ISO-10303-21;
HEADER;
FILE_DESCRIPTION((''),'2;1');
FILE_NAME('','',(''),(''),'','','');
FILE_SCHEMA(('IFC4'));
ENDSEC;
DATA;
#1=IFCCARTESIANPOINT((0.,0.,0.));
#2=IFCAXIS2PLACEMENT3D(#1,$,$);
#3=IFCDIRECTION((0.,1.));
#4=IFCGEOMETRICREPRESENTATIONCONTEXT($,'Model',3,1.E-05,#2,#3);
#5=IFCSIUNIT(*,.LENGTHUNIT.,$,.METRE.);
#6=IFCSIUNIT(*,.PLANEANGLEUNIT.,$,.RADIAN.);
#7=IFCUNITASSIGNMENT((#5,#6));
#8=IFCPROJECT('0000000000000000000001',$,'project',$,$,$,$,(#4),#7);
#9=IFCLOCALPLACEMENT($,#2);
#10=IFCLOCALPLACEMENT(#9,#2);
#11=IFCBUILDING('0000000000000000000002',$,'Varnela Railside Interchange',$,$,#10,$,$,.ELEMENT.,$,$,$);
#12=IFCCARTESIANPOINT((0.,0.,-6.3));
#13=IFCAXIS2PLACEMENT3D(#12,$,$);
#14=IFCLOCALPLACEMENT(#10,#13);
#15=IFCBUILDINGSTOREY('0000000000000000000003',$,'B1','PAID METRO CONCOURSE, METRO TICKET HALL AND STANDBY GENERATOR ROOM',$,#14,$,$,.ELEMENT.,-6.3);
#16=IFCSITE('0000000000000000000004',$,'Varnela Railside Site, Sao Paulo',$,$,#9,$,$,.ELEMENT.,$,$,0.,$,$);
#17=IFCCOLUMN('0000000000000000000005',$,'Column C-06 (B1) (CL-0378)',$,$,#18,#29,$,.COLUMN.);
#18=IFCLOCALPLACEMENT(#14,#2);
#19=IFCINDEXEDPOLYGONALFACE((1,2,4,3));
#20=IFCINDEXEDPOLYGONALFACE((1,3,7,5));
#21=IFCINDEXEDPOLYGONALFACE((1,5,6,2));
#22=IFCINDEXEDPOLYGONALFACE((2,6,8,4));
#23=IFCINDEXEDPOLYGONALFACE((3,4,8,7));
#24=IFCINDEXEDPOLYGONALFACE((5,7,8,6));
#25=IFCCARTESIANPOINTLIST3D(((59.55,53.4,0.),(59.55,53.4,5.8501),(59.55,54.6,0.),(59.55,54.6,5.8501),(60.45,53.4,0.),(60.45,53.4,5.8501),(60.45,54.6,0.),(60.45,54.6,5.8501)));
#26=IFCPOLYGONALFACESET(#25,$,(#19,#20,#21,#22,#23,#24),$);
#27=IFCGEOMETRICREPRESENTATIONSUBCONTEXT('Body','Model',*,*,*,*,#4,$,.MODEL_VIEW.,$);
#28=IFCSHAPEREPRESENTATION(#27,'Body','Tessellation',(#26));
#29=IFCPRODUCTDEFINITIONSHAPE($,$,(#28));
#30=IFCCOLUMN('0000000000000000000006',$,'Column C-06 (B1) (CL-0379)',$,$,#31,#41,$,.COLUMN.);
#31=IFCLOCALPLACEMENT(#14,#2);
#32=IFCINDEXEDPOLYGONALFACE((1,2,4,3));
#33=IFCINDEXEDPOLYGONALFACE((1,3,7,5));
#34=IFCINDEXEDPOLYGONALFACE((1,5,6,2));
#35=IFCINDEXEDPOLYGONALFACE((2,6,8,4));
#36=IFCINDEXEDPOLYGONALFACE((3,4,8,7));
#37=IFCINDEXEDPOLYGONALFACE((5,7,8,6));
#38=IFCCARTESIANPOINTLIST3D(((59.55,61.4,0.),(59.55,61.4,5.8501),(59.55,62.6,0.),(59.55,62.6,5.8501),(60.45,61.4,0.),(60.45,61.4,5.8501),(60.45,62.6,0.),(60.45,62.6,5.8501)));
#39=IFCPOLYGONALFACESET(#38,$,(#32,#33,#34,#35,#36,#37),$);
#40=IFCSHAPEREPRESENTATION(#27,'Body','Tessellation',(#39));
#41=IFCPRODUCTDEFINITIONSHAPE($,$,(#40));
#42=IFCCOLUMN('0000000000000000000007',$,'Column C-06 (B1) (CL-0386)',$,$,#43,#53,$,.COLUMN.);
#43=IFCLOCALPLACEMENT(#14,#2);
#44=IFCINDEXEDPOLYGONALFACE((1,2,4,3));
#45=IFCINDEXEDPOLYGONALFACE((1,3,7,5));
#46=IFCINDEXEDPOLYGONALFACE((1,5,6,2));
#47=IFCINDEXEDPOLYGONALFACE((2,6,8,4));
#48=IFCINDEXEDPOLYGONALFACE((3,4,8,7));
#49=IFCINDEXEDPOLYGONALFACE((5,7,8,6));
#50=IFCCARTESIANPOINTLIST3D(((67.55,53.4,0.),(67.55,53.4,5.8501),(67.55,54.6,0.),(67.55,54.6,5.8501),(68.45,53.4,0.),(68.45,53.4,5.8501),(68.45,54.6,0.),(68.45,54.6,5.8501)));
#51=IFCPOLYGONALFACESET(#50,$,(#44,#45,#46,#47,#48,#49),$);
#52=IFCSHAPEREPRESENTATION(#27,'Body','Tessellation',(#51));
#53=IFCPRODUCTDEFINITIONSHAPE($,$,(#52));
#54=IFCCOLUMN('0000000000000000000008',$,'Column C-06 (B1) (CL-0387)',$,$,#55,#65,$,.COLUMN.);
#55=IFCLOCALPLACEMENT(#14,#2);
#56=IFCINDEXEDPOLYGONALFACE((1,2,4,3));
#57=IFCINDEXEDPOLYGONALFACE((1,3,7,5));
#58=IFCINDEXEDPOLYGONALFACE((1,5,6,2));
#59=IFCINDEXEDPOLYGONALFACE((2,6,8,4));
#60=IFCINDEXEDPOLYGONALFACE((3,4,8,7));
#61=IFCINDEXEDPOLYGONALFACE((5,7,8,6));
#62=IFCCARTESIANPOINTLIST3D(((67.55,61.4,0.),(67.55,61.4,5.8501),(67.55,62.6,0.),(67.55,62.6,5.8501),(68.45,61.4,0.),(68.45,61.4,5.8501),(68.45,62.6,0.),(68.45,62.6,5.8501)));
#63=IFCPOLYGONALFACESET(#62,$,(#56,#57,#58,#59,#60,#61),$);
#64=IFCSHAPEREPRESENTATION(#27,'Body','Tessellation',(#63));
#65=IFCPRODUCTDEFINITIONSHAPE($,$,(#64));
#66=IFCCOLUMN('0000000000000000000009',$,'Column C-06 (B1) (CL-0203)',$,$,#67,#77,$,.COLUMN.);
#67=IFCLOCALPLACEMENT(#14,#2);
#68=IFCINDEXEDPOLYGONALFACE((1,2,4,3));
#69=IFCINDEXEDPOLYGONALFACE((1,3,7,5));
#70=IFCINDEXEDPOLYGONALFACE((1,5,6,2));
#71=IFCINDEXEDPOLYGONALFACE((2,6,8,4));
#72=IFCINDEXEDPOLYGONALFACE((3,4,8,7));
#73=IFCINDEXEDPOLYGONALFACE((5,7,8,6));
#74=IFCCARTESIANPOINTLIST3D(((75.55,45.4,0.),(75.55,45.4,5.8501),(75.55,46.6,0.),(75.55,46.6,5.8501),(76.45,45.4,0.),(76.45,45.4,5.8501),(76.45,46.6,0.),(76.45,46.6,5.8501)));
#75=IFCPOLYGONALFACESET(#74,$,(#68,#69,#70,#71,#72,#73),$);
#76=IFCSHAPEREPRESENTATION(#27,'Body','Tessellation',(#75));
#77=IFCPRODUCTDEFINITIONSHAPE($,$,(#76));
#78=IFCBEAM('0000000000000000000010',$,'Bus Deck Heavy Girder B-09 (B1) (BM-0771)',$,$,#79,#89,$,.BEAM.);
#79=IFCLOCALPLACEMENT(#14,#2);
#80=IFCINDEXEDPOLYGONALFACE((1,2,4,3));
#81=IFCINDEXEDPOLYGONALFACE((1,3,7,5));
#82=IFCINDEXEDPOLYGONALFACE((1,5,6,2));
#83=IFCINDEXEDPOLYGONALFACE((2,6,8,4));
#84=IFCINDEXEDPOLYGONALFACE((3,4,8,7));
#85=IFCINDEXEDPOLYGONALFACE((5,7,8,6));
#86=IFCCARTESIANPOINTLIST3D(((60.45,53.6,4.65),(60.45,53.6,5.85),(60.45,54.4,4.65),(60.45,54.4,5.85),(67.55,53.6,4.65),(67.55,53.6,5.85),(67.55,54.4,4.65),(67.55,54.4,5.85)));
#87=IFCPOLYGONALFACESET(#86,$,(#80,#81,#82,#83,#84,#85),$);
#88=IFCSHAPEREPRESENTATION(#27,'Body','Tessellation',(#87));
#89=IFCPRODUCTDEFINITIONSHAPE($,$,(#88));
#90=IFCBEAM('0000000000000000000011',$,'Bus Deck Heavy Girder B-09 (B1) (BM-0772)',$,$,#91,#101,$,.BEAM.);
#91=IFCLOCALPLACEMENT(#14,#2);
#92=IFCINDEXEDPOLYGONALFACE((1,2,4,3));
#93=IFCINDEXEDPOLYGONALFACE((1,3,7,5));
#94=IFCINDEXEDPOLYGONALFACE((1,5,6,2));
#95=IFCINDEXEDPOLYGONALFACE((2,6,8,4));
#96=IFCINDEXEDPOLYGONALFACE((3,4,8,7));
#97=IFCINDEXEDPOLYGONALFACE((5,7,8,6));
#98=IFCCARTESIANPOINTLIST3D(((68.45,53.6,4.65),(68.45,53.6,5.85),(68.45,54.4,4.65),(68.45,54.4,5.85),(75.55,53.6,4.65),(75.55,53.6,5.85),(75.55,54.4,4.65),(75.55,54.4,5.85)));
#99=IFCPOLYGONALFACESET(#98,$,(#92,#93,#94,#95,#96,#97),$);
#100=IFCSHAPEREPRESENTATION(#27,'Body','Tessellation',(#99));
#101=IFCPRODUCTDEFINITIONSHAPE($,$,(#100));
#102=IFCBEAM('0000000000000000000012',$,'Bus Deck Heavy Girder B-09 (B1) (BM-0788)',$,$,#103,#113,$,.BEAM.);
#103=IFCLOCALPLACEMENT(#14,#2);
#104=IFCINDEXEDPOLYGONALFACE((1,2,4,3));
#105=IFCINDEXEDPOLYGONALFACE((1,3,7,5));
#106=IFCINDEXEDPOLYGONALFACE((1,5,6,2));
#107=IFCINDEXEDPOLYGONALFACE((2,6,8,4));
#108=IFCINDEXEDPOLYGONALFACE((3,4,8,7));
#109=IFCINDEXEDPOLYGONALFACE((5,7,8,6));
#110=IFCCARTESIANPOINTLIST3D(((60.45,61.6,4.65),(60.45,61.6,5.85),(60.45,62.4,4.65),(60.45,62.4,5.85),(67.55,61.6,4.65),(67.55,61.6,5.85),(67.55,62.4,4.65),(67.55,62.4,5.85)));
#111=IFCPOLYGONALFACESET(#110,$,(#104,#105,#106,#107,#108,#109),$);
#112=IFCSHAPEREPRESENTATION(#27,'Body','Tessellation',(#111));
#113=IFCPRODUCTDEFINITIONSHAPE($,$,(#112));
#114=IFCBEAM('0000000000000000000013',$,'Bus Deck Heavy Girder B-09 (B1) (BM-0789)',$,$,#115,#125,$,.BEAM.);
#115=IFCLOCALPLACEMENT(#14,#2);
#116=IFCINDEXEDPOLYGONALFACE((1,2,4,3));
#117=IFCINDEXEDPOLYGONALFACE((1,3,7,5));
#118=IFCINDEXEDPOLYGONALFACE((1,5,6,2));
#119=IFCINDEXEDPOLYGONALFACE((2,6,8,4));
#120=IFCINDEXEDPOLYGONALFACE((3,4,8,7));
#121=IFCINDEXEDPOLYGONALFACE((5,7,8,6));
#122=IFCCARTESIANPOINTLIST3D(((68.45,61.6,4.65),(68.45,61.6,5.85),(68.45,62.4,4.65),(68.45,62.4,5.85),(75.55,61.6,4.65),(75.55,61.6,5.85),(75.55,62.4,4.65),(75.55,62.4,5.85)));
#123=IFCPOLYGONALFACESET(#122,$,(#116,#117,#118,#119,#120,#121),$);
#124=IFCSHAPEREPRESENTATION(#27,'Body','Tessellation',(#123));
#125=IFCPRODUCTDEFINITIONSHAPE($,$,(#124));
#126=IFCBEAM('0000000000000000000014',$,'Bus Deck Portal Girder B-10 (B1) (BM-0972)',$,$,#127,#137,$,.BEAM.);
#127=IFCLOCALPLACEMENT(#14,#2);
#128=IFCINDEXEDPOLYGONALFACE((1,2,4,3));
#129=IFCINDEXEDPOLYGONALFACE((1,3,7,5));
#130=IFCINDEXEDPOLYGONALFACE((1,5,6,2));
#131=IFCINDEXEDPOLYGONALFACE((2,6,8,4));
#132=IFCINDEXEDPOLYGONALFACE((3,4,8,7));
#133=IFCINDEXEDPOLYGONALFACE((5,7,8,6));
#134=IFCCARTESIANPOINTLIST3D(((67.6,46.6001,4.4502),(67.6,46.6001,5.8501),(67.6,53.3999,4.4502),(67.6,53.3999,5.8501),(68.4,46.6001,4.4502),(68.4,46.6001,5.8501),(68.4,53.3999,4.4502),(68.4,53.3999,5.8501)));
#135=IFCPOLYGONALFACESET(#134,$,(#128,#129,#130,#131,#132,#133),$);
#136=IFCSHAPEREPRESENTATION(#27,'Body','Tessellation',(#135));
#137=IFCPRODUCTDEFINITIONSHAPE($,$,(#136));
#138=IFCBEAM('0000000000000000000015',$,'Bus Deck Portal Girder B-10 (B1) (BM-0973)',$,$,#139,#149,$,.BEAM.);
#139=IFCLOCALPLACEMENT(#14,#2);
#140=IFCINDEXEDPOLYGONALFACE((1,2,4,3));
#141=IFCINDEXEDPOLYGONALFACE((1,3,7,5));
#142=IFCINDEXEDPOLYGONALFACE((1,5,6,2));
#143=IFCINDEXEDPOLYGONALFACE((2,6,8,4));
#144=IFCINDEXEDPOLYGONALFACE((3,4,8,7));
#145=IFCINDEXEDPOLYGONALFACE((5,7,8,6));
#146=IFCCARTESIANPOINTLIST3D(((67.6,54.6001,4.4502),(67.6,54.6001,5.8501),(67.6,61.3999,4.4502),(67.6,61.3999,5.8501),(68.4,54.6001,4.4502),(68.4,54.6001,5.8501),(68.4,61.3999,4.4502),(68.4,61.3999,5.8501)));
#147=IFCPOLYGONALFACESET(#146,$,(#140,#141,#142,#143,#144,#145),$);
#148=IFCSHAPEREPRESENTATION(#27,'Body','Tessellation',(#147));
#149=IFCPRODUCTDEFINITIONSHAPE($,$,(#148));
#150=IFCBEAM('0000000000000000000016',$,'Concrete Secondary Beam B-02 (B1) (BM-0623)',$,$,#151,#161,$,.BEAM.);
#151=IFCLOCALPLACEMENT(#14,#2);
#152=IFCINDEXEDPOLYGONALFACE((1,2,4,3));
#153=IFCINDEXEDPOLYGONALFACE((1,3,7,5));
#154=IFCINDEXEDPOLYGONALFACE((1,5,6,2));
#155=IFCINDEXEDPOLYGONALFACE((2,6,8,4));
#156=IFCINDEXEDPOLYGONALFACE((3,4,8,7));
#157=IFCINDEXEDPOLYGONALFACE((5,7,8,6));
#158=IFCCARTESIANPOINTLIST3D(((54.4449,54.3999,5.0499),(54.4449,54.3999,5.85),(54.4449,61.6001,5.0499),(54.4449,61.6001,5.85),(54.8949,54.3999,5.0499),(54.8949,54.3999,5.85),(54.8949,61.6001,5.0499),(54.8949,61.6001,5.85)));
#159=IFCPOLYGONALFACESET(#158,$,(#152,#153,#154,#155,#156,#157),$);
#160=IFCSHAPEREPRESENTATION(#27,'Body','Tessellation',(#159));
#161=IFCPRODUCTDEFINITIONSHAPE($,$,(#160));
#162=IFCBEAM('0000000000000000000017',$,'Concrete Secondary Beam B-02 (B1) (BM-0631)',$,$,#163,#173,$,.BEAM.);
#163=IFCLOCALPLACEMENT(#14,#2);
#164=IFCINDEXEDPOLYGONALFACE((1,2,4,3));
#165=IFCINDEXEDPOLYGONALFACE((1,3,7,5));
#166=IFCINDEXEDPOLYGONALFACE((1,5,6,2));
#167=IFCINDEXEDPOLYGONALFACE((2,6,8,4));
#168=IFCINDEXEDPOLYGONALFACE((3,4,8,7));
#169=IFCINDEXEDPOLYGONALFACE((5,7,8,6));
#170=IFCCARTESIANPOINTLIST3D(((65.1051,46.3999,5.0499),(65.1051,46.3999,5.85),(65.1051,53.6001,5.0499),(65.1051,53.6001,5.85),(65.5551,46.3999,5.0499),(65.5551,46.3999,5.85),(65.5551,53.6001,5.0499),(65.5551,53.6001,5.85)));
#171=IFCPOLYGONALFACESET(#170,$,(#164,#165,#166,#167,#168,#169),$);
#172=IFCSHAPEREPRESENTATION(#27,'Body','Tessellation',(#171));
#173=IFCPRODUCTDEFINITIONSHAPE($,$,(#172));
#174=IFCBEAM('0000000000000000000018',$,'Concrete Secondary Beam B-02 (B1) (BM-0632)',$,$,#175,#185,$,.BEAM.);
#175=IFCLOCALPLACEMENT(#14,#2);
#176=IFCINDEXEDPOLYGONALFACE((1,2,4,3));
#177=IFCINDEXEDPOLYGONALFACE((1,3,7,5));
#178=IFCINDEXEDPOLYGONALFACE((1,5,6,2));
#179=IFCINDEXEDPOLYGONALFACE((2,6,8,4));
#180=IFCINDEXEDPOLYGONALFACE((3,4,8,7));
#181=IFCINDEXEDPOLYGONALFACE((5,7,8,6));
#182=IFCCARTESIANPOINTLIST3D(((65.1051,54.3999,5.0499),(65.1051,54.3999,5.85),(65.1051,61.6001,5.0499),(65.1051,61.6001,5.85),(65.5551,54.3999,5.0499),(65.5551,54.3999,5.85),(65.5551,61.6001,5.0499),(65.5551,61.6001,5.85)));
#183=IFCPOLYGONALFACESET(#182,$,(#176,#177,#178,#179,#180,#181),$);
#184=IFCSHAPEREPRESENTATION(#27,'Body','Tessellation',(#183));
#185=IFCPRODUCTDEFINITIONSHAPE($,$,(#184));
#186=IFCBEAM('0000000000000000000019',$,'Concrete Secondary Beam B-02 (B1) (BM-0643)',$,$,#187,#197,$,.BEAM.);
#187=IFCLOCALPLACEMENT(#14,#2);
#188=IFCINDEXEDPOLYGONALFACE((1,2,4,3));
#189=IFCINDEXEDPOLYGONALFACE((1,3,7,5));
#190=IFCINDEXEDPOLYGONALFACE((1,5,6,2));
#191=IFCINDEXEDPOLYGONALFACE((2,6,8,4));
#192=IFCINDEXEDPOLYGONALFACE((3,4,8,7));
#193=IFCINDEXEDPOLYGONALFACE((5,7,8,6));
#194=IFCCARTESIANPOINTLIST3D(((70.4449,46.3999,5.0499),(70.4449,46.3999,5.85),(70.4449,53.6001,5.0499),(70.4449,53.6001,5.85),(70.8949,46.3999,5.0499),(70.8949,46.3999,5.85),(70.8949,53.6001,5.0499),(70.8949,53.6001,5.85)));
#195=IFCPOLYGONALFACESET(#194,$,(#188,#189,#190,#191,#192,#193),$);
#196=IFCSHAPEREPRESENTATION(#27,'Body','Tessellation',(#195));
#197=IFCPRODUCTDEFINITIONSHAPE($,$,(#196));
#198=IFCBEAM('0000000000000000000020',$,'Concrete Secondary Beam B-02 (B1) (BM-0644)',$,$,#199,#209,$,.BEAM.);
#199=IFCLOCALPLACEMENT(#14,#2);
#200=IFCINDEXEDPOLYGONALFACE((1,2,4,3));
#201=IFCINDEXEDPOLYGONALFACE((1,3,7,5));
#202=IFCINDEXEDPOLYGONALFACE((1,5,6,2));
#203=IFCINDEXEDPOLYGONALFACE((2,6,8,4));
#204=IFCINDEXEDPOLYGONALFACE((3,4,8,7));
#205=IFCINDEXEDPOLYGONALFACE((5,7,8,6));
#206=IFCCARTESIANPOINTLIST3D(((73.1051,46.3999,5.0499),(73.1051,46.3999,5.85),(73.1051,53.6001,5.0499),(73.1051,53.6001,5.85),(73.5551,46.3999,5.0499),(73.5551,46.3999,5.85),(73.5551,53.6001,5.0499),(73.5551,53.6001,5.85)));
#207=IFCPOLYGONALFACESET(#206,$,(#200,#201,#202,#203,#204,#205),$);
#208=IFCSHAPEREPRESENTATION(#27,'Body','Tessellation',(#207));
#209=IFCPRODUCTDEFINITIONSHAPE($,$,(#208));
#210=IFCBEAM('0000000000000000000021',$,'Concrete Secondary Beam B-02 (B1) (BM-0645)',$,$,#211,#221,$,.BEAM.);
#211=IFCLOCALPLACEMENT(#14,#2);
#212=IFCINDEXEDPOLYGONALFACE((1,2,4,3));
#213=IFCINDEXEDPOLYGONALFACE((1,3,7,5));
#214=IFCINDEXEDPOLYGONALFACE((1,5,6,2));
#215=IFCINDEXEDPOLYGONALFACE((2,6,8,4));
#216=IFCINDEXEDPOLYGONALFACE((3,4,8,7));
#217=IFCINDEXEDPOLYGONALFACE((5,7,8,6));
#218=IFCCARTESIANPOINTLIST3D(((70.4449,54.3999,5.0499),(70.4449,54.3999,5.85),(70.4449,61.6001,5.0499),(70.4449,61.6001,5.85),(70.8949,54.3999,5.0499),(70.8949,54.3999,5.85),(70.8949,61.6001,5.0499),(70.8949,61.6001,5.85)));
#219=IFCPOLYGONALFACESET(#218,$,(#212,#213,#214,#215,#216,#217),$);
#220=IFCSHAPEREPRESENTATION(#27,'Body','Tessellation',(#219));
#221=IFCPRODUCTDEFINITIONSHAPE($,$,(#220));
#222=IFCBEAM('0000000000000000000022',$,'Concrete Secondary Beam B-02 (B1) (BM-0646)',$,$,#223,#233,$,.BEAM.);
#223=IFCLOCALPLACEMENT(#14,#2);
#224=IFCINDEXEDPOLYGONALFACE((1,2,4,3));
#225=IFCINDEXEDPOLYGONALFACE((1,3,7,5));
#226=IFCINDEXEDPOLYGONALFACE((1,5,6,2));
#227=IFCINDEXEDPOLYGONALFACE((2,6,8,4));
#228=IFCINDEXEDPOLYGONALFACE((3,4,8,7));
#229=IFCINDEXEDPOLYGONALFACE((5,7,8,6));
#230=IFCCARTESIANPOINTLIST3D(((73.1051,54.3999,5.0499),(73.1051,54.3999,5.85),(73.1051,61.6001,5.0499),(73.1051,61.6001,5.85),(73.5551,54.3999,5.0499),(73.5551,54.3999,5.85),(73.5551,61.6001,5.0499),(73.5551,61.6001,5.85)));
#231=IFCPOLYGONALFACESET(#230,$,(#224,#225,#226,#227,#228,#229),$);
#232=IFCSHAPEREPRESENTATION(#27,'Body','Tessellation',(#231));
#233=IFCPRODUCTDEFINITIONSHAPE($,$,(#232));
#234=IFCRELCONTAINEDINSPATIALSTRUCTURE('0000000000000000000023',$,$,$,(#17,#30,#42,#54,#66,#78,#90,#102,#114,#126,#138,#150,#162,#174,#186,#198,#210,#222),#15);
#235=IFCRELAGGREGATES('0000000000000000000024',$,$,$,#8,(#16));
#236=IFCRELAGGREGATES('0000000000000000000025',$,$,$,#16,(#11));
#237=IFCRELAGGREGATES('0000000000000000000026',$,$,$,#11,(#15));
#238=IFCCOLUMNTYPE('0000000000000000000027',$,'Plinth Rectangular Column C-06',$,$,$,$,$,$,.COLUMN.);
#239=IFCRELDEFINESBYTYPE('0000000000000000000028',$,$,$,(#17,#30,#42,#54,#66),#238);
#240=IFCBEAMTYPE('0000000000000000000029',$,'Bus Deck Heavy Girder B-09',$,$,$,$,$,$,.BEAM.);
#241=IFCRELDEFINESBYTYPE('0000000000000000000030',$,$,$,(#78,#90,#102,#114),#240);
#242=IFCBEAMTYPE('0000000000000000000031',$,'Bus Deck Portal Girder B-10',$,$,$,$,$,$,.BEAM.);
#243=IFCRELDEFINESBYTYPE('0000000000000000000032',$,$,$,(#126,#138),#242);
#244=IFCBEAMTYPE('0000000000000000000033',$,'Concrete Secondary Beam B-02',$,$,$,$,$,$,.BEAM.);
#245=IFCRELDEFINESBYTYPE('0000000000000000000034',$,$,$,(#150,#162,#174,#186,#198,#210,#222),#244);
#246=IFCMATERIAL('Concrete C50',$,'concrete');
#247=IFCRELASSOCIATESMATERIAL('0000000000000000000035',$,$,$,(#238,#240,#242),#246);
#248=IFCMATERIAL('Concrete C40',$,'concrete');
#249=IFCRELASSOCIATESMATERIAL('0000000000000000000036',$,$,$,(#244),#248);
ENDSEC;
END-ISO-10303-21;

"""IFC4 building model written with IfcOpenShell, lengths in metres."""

from ifc_helpers import new_model, si_unit, direction, frame, origin, origin_2d, place, context, subcontext, project, spatial, rectangle, extrude, material, material_profile, profile_set, type_object, element, save


model = new_model("IFC4")

# Units and contexts
model_context = context("Model", 3, precision=1e-05, world=origin(), true_north=direction((0.0, 1.0)))
body_context = subcontext(model_context, "Body", "Model", "MODEL_VIEW")
ifc_project = project(units=[si_unit("LENGTHUNIT", "METRE"), si_unit("PLANEANGLEUNIT", "RADIAN")], contexts=[model_context])

# Site, building, storey
site_placement = place(None, origin())
site = spatial("IfcSite", under=ifc_project, at=site_placement, Name="Varnela Railside Site, Sao Paulo", CompositionType="ELEMENT", RefElevation=0.0)
building_placement = place(site_placement, origin())
building = spatial("IfcBuilding", under=site, at=building_placement, Name="Varnela Railside Interchange", CompositionType="ELEMENT")
storey_placement = place(building_placement, frame((0.0, 0.0, -6.3)))
storey = spatial("IfcBuildingStorey", under=building, at=storey_placement, Name="B1", Description="PAID METRO CONCOURSE, METRO TICKET HALL AND STANDBY GENERATOR ROOM", CompositionType="ELEMENT", Elevation=-6.3)

# Columns
ifc_material_1 = material(Name="Concrete C50", Category="concrete")
ifc_material_profile_1 = material_profile(ifc_material_1, rectangle(XDim=0.8999, YDim=1.2, at=origin_2d()), Name="RC 900x1200")
ifc_profile_set_1 = profile_set([ifc_material_profile_1], Name="Concrete C50")
column_type = type_object("IfcColumnType", Name="Plinth Rectangular Column C-06", PredefinedType="COLUMN", material=ifc_profile_set_1)
for number, where, z_axis, x_axis, name in (
    (1, (60.0, 54.0, 0.0), (0.0, 0.0, 1.0), (1.0, 0.0, 0.0), "Column C-06 (B1) (CL-0378)"),
    (2, (60.0, 62.0, 0.0), (0.0, 0.0, 1.0), (1.0, 0.0, 0.0), "Column C-06 (B1) (CL-0379)"),
    (3, (68.0, 54.0, 0.0), (0.0, 0.0, 1.0), (1.0, 0.0, 0.0), "Column C-06 (B1) (CL-0386)"),
    (4, (68.0, 62.0, 0.0), (0.0, 0.0, 1.0), (1.0, 0.0, 0.0), "Column C-06 (B1) (CL-0387)"),
    (5, (76.0, 46.0, 0.0), (0.0, 0.0, 1.0), (1.0, 0.0, 0.0), "Column C-06 (B1) (CL-0203)"),
):
    element("IfcColumn", number, at=place(storey_placement, frame(where, z_axis=z_axis, x_axis=x_axis)), inside=storey, type_object=column_type, Name=name, PredefinedType="COLUMN", context=body_context, shape_type="SweptSolid", body=[
        extrude(rectangle(XDim=0.8999, YDim=1.2, at=origin_2d()), origin(), (0.0, 0.0, 1.0), 5.8501),
    ])

# Beams
ifc_material_profile_2 = material_profile(ifc_material_1, rectangle(XDim=0.8, YDim=1.2, at=origin_2d()), Name="RC 800x1200")
ifc_profile_set_2 = profile_set([ifc_material_profile_2], Name="Concrete C50")
beam_type_1 = type_object("IfcBeamType", Name="Bus Deck Heavy Girder B-09", PredefinedType="BEAM", material=ifc_profile_set_2)
for number, where, z_axis, x_axis, name in (
    (6, (60.45, 54.0, 5.25), (1.0, 0.0, 0.0), (0.0, 1.0, 0.0), "Bus Deck Heavy Girder B-09 (B1) (BM-0771)"),
    (7, (68.45, 54.0, 5.25), (1.0, 0.0, 0.0), (0.0, 1.0, 0.0), "Bus Deck Heavy Girder B-09 (B1) (BM-0772)"),
    (8, (60.45, 62.0, 5.25), (1.0, 0.0, 0.0), (0.0, 1.0, 0.0), "Bus Deck Heavy Girder B-09 (B1) (BM-0788)"),
    (9, (68.45, 62.0, 5.25), (1.0, 0.0, 0.0), (0.0, 1.0, 0.0), "Bus Deck Heavy Girder B-09 (B1) (BM-0789)"),
):
    element("IfcBeam", number, at=place(storey_placement, frame(where, z_axis=z_axis, x_axis=x_axis)), inside=storey, type_object=beam_type_1, Name=name, PredefinedType="BEAM", context=body_context, shape_type="SweptSolid", body=[
        extrude(rectangle(XDim=0.8, YDim=1.2, at=origin_2d()), origin(), (0.0, 0.0, 1.0), 7.1001),
    ])
ifc_material_profile_3 = material_profile(ifc_material_1, rectangle(XDim=0.8, YDim=1.3999, at=origin_2d()), Name="RC 800x1400")
ifc_profile_set_3 = profile_set([ifc_material_profile_3], Name="Concrete C50")
beam_type_2 = type_object("IfcBeamType", Name="Bus Deck Portal Girder B-10", PredefinedType="BEAM", material=ifc_profile_set_3)
for number, where, z_axis, x_axis, name in (
    (10, (68.0, 46.6001, 5.1501), (0.0, 1.0, 0.0), (-1.0, 0.0, 0.0), "Bus Deck Portal Girder B-10 (B1) (BM-0972)"),
    (11, (68.0, 54.6001, 5.1501), (0.0, 1.0, 0.0), (-1.0, 0.0, 0.0), "Bus Deck Portal Girder B-10 (B1) (BM-0973)"),
):
    element("IfcBeam", number, at=place(storey_placement, frame(where, z_axis=z_axis, x_axis=x_axis)), inside=storey, type_object=beam_type_2, Name=name, PredefinedType="BEAM", context=body_context, shape_type="SweptSolid", body=[
        extrude(rectangle(XDim=0.8, YDim=1.3999, at=origin_2d()), origin(), (0.0, 0.0, 1.0), 6.7998),
    ])
ifc_material_2 = material(Name="Concrete C40", Category="concrete")
ifc_material_profile_4 = material_profile(ifc_material_2, rectangle(XDim=0.45, YDim=0.8, at=origin_2d()), Name="RC 450x800")
ifc_profile_set_4 = profile_set([ifc_material_profile_4], Name="Concrete C40")
beam_type_3 = type_object("IfcBeamType", Name="Concrete Secondary Beam B-02", PredefinedType="BEAM", material=ifc_profile_set_4)
for number, where, z_axis, x_axis, name in (
    (12, (54.6699, 54.3999, 5.45), (0.0, 1.0, 0.0), (-1.0, 0.0, 0.0), "Concrete Secondary Beam B-02 (B1) (BM-0623)"),
    (13, (65.3301, 46.3999, 5.45), (0.0, 1.0, 0.0), (-1.0, 0.0, 0.0), "Concrete Secondary Beam B-02 (B1) (BM-0631)"),
    (14, (65.3301, 54.3999, 5.45), (0.0, 1.0, 0.0), (-1.0, 0.0, 0.0), "Concrete Secondary Beam B-02 (B1) (BM-0632)"),
    (15, (70.6699, 46.3999, 5.45), (0.0, 1.0, 0.0), (-1.0, 0.0, 0.0), "Concrete Secondary Beam B-02 (B1) (BM-0643)"),
    (16, (73.3301, 46.3999, 5.45), (0.0, 1.0, 0.0), (-1.0, 0.0, 0.0), "Concrete Secondary Beam B-02 (B1) (BM-0644)"),
    (17, (70.6699, 54.3999, 5.45), (0.0, 1.0, 0.0), (-1.0, 0.0, 0.0), "Concrete Secondary Beam B-02 (B1) (BM-0645)"),
    (18, (73.3301, 54.3999, 5.45), (0.0, 1.0, 0.0), (-1.0, 0.0, 0.0), "Concrete Secondary Beam B-02 (B1) (BM-0646)"),
):
    element("IfcBeam", number, at=place(storey_placement, frame(where, z_axis=z_axis, x_axis=x_axis)), inside=storey, type_object=beam_type_3, Name=name, PredefinedType="BEAM", context=body_context, shape_type="SweptSolid", body=[
        extrude(rectangle(XDim=0.45, YDim=0.8, at=origin_2d()), origin(), (0.0, 0.0, 1.0), 7.2002),
    ])

save(model, "model.ifc")
